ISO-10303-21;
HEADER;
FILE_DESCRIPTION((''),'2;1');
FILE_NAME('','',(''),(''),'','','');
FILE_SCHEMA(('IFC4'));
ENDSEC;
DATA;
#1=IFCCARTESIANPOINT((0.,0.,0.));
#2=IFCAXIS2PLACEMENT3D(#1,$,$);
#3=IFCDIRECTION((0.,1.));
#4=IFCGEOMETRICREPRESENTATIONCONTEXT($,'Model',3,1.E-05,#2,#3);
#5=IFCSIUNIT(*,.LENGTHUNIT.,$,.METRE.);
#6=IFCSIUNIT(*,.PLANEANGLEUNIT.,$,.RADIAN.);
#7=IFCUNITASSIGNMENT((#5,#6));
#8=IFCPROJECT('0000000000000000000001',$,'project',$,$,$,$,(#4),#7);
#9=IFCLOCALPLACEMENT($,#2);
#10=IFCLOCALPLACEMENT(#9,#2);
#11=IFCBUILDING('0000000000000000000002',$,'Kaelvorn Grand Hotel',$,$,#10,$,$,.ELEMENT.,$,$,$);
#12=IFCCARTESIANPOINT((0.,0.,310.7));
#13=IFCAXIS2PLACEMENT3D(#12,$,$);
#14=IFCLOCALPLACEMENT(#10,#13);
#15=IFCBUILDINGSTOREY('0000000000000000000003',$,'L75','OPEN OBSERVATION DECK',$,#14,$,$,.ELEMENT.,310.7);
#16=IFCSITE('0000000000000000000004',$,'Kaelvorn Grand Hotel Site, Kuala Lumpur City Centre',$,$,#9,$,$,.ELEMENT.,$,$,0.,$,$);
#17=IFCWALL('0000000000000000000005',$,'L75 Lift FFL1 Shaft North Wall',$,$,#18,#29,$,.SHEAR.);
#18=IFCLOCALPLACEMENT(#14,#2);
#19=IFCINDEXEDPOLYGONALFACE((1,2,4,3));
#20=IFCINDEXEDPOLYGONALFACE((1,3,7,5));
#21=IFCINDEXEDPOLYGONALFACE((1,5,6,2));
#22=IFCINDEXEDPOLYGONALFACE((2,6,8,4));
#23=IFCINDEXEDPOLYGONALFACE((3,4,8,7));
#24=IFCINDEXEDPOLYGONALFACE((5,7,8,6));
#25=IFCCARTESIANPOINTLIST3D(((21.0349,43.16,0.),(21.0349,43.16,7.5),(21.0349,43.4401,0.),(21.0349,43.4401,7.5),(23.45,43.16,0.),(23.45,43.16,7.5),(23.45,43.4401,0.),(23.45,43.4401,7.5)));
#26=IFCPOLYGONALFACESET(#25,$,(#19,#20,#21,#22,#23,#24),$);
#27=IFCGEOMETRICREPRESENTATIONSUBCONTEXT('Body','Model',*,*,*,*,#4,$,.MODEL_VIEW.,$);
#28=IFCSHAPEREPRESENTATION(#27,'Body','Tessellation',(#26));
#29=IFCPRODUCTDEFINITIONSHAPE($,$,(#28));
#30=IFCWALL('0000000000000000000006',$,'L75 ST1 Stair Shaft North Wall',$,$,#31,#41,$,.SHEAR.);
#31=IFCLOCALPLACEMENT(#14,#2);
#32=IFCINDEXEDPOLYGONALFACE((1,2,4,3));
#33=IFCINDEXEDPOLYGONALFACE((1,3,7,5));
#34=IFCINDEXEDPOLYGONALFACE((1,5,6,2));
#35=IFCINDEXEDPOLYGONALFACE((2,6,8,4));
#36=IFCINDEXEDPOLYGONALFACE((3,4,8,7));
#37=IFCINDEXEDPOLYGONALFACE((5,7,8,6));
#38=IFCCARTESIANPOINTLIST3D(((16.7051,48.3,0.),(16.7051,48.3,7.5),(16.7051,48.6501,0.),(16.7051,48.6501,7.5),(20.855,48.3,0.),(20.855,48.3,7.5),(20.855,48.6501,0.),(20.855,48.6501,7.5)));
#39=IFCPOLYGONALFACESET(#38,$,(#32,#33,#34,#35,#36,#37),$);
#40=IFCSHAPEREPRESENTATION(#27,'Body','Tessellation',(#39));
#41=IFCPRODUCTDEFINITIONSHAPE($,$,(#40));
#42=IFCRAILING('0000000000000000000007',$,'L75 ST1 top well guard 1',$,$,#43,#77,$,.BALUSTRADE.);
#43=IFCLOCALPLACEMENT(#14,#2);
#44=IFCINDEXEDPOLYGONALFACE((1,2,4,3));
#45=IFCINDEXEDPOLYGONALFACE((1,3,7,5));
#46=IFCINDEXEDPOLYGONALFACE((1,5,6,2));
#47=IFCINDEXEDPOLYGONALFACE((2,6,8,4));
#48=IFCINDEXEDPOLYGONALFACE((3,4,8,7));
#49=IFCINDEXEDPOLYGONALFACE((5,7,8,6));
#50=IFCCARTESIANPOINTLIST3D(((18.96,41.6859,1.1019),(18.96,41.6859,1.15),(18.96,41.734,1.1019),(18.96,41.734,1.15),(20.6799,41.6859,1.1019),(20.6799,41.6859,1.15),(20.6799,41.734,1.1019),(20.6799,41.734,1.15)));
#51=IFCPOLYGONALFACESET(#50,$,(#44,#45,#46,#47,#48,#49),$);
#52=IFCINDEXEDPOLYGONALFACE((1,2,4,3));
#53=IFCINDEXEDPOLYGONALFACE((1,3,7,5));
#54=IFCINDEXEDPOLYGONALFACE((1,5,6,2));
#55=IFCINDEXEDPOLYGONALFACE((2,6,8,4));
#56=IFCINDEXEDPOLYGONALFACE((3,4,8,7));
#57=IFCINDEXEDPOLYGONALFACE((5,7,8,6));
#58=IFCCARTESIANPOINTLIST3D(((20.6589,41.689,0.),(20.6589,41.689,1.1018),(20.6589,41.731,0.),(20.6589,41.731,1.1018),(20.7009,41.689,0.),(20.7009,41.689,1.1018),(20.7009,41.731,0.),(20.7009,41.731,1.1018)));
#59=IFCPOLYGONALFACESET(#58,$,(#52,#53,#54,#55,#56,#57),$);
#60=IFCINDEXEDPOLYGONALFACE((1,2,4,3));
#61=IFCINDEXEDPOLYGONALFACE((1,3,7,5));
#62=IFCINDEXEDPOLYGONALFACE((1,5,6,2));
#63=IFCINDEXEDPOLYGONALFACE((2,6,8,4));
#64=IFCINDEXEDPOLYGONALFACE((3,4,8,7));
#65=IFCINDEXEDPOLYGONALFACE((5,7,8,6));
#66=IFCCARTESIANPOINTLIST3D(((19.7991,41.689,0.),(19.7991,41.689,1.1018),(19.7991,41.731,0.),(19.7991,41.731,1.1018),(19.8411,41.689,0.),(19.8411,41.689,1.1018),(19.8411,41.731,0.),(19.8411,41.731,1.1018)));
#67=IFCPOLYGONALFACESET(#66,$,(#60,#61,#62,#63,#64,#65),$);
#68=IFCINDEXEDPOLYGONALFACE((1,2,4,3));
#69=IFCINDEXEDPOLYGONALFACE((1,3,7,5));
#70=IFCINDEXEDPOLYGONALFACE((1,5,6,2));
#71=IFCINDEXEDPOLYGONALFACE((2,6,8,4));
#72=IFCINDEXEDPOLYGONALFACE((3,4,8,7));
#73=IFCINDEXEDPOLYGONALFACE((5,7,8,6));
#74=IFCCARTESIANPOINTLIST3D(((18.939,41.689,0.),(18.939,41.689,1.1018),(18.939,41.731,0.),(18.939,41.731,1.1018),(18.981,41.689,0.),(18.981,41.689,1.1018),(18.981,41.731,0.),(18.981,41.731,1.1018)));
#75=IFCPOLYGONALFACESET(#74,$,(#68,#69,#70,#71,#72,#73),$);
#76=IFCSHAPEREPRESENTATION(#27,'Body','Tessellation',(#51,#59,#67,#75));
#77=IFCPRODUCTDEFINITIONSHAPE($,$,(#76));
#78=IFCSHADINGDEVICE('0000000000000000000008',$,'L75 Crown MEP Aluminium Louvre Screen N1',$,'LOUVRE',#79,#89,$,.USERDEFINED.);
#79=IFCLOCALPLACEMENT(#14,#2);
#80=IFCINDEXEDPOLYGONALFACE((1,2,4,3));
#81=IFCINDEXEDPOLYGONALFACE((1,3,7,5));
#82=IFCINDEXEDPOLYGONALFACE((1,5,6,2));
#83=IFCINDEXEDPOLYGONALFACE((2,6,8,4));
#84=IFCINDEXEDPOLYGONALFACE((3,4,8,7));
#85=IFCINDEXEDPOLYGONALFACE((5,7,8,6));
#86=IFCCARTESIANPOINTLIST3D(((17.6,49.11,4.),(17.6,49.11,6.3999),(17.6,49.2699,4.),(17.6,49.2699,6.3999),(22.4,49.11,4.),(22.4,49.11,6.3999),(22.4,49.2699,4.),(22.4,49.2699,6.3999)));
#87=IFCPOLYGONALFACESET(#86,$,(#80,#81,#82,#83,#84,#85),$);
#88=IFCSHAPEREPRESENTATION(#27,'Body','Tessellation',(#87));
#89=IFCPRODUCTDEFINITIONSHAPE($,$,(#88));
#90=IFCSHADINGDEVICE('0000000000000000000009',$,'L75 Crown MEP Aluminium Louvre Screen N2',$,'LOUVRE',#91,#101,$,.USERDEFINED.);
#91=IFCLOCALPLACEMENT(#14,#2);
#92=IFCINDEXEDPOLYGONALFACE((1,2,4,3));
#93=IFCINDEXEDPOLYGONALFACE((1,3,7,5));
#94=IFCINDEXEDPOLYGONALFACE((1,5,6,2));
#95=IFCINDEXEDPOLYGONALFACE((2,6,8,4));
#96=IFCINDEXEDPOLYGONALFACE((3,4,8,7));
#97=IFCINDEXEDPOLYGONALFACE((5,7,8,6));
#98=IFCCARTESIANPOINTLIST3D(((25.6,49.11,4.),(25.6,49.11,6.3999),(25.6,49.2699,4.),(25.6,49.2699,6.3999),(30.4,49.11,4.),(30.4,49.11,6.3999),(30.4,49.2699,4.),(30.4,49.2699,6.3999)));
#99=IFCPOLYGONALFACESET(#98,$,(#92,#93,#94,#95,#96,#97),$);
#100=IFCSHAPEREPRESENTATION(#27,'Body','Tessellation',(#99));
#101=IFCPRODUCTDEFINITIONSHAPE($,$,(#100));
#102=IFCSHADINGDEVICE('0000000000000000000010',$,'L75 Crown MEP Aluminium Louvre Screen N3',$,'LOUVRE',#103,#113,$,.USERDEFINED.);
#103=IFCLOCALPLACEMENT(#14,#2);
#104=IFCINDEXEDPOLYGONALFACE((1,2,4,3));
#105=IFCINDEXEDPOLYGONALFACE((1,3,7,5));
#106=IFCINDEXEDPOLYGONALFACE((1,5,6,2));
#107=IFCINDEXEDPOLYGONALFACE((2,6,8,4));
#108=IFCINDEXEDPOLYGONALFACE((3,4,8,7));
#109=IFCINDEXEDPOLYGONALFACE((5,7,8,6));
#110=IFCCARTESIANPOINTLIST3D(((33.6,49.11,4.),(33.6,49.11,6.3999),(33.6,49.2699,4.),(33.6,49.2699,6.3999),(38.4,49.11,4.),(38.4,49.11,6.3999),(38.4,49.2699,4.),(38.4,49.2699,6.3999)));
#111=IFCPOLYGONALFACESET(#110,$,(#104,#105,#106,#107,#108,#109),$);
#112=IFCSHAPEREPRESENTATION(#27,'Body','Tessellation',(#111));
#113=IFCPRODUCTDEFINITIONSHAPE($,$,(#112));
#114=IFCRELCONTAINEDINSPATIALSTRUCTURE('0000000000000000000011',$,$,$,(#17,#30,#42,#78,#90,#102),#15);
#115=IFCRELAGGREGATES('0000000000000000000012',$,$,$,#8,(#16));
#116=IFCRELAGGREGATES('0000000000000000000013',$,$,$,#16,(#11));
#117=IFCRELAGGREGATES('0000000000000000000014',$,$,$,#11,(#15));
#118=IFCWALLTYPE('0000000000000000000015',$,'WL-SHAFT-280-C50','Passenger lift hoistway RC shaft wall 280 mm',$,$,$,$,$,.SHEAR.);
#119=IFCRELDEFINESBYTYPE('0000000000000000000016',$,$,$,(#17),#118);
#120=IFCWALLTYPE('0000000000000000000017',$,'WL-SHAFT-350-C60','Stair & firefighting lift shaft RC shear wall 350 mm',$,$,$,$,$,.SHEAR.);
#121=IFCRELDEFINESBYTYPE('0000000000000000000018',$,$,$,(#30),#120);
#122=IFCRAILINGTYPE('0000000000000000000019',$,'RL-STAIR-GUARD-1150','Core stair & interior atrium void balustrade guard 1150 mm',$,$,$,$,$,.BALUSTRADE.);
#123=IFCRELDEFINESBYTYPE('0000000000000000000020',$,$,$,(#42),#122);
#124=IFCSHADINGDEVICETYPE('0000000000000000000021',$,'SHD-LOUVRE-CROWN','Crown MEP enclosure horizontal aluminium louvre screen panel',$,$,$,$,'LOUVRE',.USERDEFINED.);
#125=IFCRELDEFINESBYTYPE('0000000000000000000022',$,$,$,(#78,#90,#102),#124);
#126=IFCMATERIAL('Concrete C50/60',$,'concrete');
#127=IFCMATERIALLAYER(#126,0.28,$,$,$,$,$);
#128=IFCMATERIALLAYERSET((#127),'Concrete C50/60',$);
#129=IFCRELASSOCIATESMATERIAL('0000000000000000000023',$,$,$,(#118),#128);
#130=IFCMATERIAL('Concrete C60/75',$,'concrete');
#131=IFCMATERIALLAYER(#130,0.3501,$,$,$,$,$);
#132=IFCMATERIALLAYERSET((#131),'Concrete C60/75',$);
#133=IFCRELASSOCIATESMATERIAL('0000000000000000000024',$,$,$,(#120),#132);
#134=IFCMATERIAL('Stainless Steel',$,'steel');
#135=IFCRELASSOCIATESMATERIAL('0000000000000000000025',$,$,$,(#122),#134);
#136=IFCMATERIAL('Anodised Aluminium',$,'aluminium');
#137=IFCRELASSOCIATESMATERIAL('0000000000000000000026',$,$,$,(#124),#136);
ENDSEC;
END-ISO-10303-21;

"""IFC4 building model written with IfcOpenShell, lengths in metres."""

from ifc_helpers import new_model, si_unit, direction, frame, frame_2d, origin, origin_2d, place, context, subcontext, project, spatial, rectangle, extrude, material, layer, layer_set, type_object, element, save


model = new_model("IFC4")

# Units and contexts
model_context = context("Model", 3, precision=1e-05, world=origin(), true_north=direction((0.0, 1.0)))
body_context = subcontext(model_context, "Body", "Model", "MODEL_VIEW")
ifc_project = project(units=[si_unit("LENGTHUNIT", "METRE"), si_unit("PLANEANGLEUNIT", "RADIAN")], contexts=[model_context])

# Site, building, storey
site_placement = place(None, origin())
site = spatial("IfcSite", under=ifc_project, at=site_placement, Name="Kaelvorn Grand Hotel Site, Kuala Lumpur City Centre", CompositionType="ELEMENT", RefElevation=0.0)
building_placement = place(site_placement, origin())
building = spatial("IfcBuilding", under=site, at=building_placement, Name="Kaelvorn Grand Hotel", CompositionType="ELEMENT")
storey_placement = place(building_placement, frame((0.0, 0.0, 310.7)))
storey = spatial("IfcBuildingStorey", under=building, at=storey_placement, Name="L75", Description="OPEN OBSERVATION DECK", CompositionType="ELEMENT", Elevation=310.7)

# Shared definitions
ifc_material_1 = material(Name="Concrete C50/60", Category="concrete")

# Walls
ifc_layer_1 = layer(ifc_material_1, 0.28)
ifc_layer_set_1 = layer_set([ifc_layer_1], Name="Concrete C50/60")
wall_type_1 = type_object("IfcWallType", Name="WL-SHAFT-280-C50", Description="Passenger lift hoistway RC shaft wall 280 mm", PredefinedType="SHEAR", material=ifc_layer_set_1)
wall_1_placement = place(storey_placement, frame((21.0349, 43.3, 0.0), z_axis=(0.0, 0.0, 1.0), x_axis=(1.0, 0.0, 0.0)))
element("IfcWall", 1, at=wall_1_placement, inside=storey, type_object=wall_type_1, Name="L75 Lift FFL1 Shaft North Wall", PredefinedType="SHEAR", context=body_context, shape_type="SweptSolid", body=[
    extrude(rectangle(XDim=2.415, YDim=0.28, at=frame_2d((1.2075, 0.0))), origin(), (0.0, 0.0, 1.0), 7.5),
])
ifc_material_2 = material(Name="Concrete C60/75", Category="concrete")
ifc_layer_2 = layer(ifc_material_2, 0.3501)
ifc_layer_set_2 = layer_set([ifc_layer_2], Name="Concrete C60/75")
wall_type_2 = type_object("IfcWallType", Name="WL-SHAFT-350-C60", Description="Stair & firefighting lift shaft RC shear wall 350 mm", PredefinedType="SHEAR", material=ifc_layer_set_2)
wall_2_placement = place(storey_placement, frame((16.7051, 48.4751, 0.0), z_axis=(0.0, 0.0, 1.0), x_axis=(1.0, 0.0, 0.0)))
element("IfcWall", 2, at=wall_2_placement, inside=storey, type_object=wall_type_2, Name="L75 ST1 Stair Shaft North Wall", PredefinedType="SHEAR", context=body_context, shape_type="SweptSolid", body=[
    extrude(rectangle(XDim=4.1499, YDim=0.3501, at=frame_2d((2.075, 0.0))), origin(), (0.0, 0.0, 1.0), 7.5),
])

# Railing
ifc_material_3 = material(Name="Stainless Steel", Category="steel")
railing_type = type_object("IfcRailingType", Name="RL-STAIR-GUARD-1150", Description="Core stair & interior atrium void balustrade guard 1150 mm", PredefinedType="BALUSTRADE", material=ifc_material_3)
railing_placement = place(storey_placement, frame((20.6799, 41.71, 0.0)))
element("IfcRailing", 3, at=railing_placement, inside=storey, type_object=railing_type, Name="L75 ST1 top well guard 1", PredefinedType="BALUSTRADE", context=body_context, shape_type="SweptSolid", body=[
    extrude(rectangle(XDim=0.0481, YDim=0.0481, at=origin_2d()), frame((0.0, 0.0, 1.126), z_axis=(-1.0, 0.0, 0.0), x_axis=(0.0, -1.0, 0.0)), (0.0, 0.0, 1.0), 1.72),
    extrude(rectangle(XDim=0.042, YDim=0.042, at=origin_2d()), origin(), (0.0, 0.0, 1.0), 1.1018),
    extrude(rectangle(XDim=0.042, YDim=0.042, at=origin_2d()), frame((-0.8599, 0.0, 0.0)), (0.0, 0.0, 1.0), 1.1018),
    extrude(rectangle(XDim=0.042, YDim=0.042, at=origin_2d()), frame((-1.72, 0.0, 0.0)), (0.0, 0.0, 1.0), 1.1018),
])

# Shading devices
ifc_material_4 = material(Name="Anodised Aluminium", Category="aluminium")
shading_device_type = type_object("IfcShadingDeviceType", Name="SHD-LOUVRE-CROWN", Description="Crown MEP enclosure horizontal aluminium louvre screen panel", ElementType="LOUVRE", PredefinedType="USERDEFINED", material=ifc_material_4)
for number, where, z_axis, x_axis, name in (
    (4, (20.0, 49.1899, 4.0), (0.0, 0.0, 1.0), (1.0, 0.0, 0.0), "L75 Crown MEP Aluminium Louvre Screen N1"),
    (5, (28.0, 49.1899, 4.0), (0.0, 0.0, 1.0), (1.0, 0.0, 0.0), "L75 Crown MEP Aluminium Louvre Screen N2"),
    (6, (36.0, 49.1899, 4.0), (0.0, 0.0, 1.0), (1.0, 0.0, 0.0), "L75 Crown MEP Aluminium Louvre Screen N3"),
):
    element("IfcShadingDevice", number, at=place(storey_placement, frame(where, z_axis=z_axis, x_axis=x_axis)), inside=storey, type_object=shading_device_type, Name=name, ObjectType="LOUVRE", PredefinedType="USERDEFINED", context=body_context, shape_type="SweptSolid", body=[
        extrude(rectangle(XDim=4.8, YDim=0.1599, at=origin_2d()), origin(), (0.0, 0.0, 1.0), 2.3999),
    ])

save(model, "model.ifc")
